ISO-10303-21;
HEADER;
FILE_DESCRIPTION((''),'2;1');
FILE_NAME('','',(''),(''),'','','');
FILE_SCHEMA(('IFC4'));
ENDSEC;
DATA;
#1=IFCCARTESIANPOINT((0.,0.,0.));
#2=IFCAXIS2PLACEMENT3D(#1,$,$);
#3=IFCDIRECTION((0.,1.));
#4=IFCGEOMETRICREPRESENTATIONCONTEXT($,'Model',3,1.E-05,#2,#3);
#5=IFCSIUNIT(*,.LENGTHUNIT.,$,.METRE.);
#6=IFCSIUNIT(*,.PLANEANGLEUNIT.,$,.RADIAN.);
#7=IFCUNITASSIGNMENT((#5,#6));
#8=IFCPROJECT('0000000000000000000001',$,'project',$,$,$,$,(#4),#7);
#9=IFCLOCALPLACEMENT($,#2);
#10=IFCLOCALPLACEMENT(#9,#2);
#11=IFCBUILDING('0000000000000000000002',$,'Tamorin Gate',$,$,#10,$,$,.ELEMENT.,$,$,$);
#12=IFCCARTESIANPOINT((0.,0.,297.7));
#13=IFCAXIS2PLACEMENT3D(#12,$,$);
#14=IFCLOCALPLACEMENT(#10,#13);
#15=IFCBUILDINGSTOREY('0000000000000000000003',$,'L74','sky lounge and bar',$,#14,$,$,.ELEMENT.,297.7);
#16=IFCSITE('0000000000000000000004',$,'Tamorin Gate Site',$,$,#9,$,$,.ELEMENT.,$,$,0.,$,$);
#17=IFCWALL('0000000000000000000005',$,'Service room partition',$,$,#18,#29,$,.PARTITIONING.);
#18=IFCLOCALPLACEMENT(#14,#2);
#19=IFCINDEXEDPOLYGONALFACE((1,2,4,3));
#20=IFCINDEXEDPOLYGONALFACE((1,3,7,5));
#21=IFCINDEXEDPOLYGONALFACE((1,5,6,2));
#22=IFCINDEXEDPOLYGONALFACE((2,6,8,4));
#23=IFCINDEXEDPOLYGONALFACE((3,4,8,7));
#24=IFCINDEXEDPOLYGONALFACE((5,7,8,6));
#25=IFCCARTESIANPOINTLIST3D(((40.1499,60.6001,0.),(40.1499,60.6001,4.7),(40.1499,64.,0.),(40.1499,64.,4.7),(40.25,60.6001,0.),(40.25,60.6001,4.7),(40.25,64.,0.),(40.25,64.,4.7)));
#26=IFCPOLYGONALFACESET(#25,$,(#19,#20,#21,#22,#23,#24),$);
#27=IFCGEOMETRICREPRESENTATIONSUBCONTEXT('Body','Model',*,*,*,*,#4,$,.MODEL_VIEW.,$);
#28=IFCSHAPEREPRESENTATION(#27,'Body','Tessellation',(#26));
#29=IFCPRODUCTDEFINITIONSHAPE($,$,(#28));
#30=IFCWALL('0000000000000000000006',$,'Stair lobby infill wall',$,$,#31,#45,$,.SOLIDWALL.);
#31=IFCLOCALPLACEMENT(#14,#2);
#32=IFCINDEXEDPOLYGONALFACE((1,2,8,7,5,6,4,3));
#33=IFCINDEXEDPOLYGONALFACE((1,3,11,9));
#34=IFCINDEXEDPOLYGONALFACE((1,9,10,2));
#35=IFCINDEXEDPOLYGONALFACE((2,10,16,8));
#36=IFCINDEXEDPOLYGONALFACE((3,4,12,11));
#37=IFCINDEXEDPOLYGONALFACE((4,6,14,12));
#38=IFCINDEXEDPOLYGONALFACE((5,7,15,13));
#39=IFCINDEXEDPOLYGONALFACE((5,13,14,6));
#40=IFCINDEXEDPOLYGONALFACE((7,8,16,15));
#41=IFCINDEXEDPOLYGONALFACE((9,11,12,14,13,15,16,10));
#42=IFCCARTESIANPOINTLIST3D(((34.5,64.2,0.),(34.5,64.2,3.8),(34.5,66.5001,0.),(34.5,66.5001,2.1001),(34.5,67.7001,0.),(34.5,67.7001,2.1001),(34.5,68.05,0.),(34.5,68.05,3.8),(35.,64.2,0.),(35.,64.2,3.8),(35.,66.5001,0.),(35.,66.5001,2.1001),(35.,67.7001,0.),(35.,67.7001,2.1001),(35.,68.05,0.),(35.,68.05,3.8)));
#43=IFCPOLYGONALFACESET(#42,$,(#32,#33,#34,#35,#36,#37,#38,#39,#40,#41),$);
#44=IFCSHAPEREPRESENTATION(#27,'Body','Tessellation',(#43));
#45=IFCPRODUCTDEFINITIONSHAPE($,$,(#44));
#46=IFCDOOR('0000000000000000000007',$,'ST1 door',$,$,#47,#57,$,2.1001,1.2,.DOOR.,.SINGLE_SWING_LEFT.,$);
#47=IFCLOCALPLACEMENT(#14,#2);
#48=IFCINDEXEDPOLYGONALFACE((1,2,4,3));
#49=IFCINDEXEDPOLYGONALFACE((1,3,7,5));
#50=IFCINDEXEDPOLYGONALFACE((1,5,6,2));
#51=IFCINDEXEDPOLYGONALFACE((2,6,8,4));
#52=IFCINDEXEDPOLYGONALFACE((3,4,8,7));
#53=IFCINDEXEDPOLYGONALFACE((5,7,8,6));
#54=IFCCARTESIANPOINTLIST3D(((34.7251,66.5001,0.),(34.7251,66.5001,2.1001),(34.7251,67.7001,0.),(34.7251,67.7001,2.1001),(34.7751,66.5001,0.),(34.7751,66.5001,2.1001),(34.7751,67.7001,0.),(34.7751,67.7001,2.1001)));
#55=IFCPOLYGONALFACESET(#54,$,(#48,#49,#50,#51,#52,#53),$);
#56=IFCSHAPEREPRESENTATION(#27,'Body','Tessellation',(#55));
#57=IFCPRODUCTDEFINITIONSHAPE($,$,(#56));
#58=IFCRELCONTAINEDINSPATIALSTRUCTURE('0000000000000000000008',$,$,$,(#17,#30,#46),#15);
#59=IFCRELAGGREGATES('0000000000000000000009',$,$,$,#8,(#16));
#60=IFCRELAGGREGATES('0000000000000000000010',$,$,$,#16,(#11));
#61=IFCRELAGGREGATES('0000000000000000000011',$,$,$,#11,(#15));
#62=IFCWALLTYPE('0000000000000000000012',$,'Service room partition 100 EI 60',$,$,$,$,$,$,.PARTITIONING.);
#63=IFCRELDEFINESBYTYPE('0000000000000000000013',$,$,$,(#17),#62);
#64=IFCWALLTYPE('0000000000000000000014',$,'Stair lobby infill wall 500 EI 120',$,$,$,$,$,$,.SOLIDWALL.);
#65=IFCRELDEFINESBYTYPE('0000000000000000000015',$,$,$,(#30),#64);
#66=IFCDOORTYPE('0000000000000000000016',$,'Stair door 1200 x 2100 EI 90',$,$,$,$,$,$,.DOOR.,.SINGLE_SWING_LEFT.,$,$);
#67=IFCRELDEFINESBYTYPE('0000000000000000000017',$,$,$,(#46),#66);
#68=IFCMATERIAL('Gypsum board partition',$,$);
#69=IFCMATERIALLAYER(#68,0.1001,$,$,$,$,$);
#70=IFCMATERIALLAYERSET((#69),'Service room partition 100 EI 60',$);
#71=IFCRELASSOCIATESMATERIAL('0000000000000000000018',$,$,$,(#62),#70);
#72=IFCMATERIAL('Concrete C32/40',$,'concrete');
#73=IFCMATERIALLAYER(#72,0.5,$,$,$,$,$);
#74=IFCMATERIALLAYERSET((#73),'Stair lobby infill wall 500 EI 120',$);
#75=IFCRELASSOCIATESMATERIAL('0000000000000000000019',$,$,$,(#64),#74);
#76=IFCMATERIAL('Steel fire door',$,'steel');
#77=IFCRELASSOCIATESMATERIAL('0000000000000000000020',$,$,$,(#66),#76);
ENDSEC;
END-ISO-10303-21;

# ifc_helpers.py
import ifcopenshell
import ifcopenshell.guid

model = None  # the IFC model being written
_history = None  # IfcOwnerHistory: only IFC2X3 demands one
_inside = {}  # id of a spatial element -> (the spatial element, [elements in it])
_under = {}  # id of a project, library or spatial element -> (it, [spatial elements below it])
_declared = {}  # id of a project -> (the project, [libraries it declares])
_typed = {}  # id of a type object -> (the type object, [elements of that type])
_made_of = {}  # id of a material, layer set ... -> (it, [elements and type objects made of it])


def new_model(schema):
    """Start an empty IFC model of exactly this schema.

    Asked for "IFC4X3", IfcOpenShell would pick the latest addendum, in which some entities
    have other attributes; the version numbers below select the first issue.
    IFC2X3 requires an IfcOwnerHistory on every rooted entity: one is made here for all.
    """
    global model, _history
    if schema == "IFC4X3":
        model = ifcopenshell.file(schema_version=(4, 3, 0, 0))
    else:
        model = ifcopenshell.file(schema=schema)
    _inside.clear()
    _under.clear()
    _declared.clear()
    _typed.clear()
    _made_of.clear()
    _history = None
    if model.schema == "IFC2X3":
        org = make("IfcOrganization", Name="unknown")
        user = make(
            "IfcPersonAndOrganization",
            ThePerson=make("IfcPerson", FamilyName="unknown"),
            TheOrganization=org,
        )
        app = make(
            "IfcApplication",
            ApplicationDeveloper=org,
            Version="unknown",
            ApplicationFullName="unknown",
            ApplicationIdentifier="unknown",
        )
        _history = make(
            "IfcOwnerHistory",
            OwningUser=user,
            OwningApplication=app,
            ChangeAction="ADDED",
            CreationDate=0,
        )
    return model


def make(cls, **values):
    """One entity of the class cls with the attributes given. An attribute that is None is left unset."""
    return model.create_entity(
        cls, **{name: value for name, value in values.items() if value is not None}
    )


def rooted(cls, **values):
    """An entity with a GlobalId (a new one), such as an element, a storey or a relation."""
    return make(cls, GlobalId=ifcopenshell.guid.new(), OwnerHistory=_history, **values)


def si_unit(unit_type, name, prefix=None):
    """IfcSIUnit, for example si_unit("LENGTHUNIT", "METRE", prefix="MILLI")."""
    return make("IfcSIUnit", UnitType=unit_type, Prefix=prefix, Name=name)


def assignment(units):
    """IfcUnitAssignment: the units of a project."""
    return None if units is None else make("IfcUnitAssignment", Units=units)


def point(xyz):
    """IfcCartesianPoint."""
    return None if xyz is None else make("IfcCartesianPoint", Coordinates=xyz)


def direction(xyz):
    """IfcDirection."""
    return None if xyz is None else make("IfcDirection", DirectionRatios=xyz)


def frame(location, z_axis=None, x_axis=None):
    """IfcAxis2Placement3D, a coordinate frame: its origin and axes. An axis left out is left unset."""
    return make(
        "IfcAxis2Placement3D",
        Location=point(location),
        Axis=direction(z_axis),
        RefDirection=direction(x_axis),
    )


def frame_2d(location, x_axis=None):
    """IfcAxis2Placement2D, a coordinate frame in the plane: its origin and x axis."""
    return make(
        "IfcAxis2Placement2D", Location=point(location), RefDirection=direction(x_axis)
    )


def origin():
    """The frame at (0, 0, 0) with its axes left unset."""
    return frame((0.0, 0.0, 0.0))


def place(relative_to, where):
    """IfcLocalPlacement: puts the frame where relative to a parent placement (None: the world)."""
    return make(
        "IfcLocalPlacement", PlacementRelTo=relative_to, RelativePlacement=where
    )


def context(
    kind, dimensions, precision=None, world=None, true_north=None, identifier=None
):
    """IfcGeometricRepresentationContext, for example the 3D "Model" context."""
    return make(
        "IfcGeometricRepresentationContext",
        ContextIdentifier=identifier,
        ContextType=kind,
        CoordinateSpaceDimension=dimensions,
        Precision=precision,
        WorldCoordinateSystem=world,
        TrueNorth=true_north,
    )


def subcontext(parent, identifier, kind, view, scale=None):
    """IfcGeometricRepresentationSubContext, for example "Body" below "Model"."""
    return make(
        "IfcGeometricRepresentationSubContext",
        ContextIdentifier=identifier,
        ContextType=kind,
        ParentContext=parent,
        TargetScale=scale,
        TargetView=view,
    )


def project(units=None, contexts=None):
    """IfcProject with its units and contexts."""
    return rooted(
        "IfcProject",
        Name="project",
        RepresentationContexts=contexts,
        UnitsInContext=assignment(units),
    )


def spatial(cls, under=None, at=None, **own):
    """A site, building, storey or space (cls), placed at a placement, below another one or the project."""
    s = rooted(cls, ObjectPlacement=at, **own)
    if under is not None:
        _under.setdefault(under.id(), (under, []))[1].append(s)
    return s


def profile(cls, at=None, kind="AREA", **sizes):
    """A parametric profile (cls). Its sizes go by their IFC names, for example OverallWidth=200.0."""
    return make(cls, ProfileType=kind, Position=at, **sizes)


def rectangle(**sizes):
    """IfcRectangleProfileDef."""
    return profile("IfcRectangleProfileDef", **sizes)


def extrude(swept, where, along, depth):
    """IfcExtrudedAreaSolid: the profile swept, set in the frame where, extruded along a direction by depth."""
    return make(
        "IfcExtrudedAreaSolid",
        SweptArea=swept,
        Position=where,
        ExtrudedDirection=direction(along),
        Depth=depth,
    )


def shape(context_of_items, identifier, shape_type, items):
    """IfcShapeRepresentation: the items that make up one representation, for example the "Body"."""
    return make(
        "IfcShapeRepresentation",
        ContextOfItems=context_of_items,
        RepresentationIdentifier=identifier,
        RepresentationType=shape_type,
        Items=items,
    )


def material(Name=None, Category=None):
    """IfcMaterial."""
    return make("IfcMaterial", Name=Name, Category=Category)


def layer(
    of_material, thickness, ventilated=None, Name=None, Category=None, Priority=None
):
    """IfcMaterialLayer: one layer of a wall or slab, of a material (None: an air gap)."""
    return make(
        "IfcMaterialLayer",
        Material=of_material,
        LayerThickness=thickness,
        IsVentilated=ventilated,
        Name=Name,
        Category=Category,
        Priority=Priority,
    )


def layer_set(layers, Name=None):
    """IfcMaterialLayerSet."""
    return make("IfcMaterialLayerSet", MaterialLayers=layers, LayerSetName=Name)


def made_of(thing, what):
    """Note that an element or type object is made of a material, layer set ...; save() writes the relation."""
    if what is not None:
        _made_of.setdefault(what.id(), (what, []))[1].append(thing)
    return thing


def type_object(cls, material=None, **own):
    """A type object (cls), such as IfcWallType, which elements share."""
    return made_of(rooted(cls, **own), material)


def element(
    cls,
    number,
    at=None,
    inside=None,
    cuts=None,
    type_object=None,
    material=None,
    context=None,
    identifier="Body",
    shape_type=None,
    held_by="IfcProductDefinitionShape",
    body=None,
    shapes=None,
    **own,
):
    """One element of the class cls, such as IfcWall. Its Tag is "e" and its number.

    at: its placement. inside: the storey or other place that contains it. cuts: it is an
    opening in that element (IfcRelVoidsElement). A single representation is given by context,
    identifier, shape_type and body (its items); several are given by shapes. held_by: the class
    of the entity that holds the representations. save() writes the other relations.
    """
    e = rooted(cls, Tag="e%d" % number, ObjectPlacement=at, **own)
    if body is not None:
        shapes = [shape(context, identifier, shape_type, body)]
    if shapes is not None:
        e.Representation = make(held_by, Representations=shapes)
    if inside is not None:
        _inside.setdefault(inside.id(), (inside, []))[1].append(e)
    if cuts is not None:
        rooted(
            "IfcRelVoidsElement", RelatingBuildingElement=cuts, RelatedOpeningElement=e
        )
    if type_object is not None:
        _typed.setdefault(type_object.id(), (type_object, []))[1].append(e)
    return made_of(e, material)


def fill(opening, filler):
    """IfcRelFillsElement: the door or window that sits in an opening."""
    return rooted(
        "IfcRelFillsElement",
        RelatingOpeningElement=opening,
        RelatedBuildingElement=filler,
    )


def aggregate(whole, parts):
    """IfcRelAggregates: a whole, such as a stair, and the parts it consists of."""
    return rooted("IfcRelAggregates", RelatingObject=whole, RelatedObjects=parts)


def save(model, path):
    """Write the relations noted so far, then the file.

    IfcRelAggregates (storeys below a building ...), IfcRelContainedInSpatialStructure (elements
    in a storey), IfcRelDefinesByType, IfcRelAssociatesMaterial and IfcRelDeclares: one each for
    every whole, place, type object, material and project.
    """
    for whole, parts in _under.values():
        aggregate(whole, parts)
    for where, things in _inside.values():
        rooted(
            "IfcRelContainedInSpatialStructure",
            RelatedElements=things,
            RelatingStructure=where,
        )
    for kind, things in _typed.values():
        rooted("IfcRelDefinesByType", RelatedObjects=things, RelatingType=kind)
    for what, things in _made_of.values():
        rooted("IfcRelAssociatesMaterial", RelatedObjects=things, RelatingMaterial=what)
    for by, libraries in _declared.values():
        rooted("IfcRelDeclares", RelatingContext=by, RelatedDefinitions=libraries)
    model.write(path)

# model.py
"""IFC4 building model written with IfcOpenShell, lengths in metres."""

from ifc_helpers import new_model, si_unit, direction, frame, frame_2d, origin, place, context, subcontext, project, spatial, rectangle, extrude, material, layer, layer_set, type_object, element, fill, save


model = new_model("IFC4")

# Units and contexts
model_context = context("Model", 3, precision=1e-05, world=origin(), true_north=direction((0.0, 1.0)))
body_context = subcontext(model_context, "Body", "Model", "MODEL_VIEW")
ifc_project = project(units=[si_unit("LENGTHUNIT", "METRE"), si_unit("PLANEANGLEUNIT", "RADIAN")], contexts=[model_context])

# Site, building, storey
site_placement = place(None, origin())
site = spatial("IfcSite", under=ifc_project, at=site_placement, Name="Tamorin Gate Site", CompositionType="ELEMENT", RefElevation=0.0)
building_placement = place(site_placement, origin())
building = spatial("IfcBuilding", under=site, at=building_placement, Name="Tamorin Gate", CompositionType="ELEMENT")
storey_placement = place(building_placement, frame((0.0, 0.0, 297.7)))
storey = spatial("IfcBuildingStorey", under=building, at=storey_placement, Name="L74", Description="sky lounge and bar", CompositionType="ELEMENT", Elevation=297.7)

# Shared definitions
ifc_material_1 = material(Name="Gypsum board partition")

# Wall
ifc_layer_1 = layer(ifc_material_1, 0.1001)
ifc_layer_set_1 = layer_set([ifc_layer_1], Name="Service room partition 100 EI 60")
wall_type_1 = type_object("IfcWallType", Name="Service room partition 100 EI 60", PredefinedType="PARTITIONING", material=ifc_layer_set_1)
wall_1_placement = place(storey_placement, frame((40.2, 60.6001, 0.0), z_axis=(0.0, 0.0, 1.0), x_axis=(0.0, 1.0, 0.0)))
element("IfcWall", 1, at=wall_1_placement, inside=storey, type_object=wall_type_1, Name="Service room partition", PredefinedType="PARTITIONING", context=body_context, shape_type="SweptSolid", body=[
    extrude(rectangle(XDim=3.3999, YDim=0.1001, at=frame_2d((1.7, 0.0))), origin(), (0.0, 0.0, 1.0), 4.7),
])

# Wall, opening, door
ifc_material_2 = material(Name="Concrete C32/40", Category="concrete")
ifc_layer_2 = layer(ifc_material_2, 0.5)
ifc_layer_set_2 = layer_set([ifc_layer_2], Name="Stair lobby infill wall 500 EI 120")
wall_type_2 = type_object("IfcWallType", Name="Stair lobby infill wall 500 EI 120", PredefinedType="SOLIDWALL", material=ifc_layer_set_2)
wall_2_placement = place(storey_placement, frame((34.75, 64.2, 0.0), z_axis=(0.0, 0.0, 1.0), x_axis=(0.0, 1.0, 0.0)))
wall_2 = element("IfcWall", 2, at=wall_2_placement, inside=storey, type_object=wall_type_2, Name="Stair lobby infill wall", PredefinedType="SOLIDWALL", context=body_context, shape_type="SweptSolid", body=[
    extrude(rectangle(XDim=3.8501, YDim=0.5, at=frame_2d((1.925, 0.0))), origin(), (0.0, 0.0, 1.0), 3.8),
])
opening_1_placement = place(wall_2_placement, frame((2.3, 0.0, 0.0)))
opening_1 = element("IfcOpeningElement", 3, at=opening_1_placement, cuts=wall_2, PredefinedType="OPENING", context=body_context, shape_type="SweptSolid", body=[
    extrude(rectangle(XDim=1.2, YDim=2.1001, at=frame_2d((0.6001, 1.05))), frame((0.0, 0.26, 0.0), z_axis=(0.0, -1.0, 0.0), x_axis=(1.0, 0.0, 0.0)), (0.0, 0.0, 1.0), 0.52),
])
ifc_material_3 = material(Name="Steel fire door", Category="steel")
door_type_1 = type_object("IfcDoorType", Name="Stair door 1200 x 2100 EI 90", OperationType="SINGLE_SWING_LEFT", PredefinedType="DOOR", material=ifc_material_3)
door_1_placement = place(opening_1_placement, origin())
door_1 = element("IfcDoor", 4, at=door_1_placement, inside=storey, type_object=door_type_1, Name="ST1 door", OperationType="SINGLE_SWING_LEFT", OverallHeight=2.1001, OverallWidth=1.2, PredefinedType="DOOR", context=body_context, shape_type="SweptSolid", body=[
    extrude(rectangle(XDim=1.2, YDim=2.1001, at=frame_2d((0.6001, 1.05))), frame((0.0, 0.0249, 0.0), z_axis=(0.0, -1.0, 0.0), x_axis=(1.0, 0.0, 0.0)), (0.0, 0.0, 1.0), 0.05),
])
fill(opening_1, door_1)

save(model, "model.ifc")
